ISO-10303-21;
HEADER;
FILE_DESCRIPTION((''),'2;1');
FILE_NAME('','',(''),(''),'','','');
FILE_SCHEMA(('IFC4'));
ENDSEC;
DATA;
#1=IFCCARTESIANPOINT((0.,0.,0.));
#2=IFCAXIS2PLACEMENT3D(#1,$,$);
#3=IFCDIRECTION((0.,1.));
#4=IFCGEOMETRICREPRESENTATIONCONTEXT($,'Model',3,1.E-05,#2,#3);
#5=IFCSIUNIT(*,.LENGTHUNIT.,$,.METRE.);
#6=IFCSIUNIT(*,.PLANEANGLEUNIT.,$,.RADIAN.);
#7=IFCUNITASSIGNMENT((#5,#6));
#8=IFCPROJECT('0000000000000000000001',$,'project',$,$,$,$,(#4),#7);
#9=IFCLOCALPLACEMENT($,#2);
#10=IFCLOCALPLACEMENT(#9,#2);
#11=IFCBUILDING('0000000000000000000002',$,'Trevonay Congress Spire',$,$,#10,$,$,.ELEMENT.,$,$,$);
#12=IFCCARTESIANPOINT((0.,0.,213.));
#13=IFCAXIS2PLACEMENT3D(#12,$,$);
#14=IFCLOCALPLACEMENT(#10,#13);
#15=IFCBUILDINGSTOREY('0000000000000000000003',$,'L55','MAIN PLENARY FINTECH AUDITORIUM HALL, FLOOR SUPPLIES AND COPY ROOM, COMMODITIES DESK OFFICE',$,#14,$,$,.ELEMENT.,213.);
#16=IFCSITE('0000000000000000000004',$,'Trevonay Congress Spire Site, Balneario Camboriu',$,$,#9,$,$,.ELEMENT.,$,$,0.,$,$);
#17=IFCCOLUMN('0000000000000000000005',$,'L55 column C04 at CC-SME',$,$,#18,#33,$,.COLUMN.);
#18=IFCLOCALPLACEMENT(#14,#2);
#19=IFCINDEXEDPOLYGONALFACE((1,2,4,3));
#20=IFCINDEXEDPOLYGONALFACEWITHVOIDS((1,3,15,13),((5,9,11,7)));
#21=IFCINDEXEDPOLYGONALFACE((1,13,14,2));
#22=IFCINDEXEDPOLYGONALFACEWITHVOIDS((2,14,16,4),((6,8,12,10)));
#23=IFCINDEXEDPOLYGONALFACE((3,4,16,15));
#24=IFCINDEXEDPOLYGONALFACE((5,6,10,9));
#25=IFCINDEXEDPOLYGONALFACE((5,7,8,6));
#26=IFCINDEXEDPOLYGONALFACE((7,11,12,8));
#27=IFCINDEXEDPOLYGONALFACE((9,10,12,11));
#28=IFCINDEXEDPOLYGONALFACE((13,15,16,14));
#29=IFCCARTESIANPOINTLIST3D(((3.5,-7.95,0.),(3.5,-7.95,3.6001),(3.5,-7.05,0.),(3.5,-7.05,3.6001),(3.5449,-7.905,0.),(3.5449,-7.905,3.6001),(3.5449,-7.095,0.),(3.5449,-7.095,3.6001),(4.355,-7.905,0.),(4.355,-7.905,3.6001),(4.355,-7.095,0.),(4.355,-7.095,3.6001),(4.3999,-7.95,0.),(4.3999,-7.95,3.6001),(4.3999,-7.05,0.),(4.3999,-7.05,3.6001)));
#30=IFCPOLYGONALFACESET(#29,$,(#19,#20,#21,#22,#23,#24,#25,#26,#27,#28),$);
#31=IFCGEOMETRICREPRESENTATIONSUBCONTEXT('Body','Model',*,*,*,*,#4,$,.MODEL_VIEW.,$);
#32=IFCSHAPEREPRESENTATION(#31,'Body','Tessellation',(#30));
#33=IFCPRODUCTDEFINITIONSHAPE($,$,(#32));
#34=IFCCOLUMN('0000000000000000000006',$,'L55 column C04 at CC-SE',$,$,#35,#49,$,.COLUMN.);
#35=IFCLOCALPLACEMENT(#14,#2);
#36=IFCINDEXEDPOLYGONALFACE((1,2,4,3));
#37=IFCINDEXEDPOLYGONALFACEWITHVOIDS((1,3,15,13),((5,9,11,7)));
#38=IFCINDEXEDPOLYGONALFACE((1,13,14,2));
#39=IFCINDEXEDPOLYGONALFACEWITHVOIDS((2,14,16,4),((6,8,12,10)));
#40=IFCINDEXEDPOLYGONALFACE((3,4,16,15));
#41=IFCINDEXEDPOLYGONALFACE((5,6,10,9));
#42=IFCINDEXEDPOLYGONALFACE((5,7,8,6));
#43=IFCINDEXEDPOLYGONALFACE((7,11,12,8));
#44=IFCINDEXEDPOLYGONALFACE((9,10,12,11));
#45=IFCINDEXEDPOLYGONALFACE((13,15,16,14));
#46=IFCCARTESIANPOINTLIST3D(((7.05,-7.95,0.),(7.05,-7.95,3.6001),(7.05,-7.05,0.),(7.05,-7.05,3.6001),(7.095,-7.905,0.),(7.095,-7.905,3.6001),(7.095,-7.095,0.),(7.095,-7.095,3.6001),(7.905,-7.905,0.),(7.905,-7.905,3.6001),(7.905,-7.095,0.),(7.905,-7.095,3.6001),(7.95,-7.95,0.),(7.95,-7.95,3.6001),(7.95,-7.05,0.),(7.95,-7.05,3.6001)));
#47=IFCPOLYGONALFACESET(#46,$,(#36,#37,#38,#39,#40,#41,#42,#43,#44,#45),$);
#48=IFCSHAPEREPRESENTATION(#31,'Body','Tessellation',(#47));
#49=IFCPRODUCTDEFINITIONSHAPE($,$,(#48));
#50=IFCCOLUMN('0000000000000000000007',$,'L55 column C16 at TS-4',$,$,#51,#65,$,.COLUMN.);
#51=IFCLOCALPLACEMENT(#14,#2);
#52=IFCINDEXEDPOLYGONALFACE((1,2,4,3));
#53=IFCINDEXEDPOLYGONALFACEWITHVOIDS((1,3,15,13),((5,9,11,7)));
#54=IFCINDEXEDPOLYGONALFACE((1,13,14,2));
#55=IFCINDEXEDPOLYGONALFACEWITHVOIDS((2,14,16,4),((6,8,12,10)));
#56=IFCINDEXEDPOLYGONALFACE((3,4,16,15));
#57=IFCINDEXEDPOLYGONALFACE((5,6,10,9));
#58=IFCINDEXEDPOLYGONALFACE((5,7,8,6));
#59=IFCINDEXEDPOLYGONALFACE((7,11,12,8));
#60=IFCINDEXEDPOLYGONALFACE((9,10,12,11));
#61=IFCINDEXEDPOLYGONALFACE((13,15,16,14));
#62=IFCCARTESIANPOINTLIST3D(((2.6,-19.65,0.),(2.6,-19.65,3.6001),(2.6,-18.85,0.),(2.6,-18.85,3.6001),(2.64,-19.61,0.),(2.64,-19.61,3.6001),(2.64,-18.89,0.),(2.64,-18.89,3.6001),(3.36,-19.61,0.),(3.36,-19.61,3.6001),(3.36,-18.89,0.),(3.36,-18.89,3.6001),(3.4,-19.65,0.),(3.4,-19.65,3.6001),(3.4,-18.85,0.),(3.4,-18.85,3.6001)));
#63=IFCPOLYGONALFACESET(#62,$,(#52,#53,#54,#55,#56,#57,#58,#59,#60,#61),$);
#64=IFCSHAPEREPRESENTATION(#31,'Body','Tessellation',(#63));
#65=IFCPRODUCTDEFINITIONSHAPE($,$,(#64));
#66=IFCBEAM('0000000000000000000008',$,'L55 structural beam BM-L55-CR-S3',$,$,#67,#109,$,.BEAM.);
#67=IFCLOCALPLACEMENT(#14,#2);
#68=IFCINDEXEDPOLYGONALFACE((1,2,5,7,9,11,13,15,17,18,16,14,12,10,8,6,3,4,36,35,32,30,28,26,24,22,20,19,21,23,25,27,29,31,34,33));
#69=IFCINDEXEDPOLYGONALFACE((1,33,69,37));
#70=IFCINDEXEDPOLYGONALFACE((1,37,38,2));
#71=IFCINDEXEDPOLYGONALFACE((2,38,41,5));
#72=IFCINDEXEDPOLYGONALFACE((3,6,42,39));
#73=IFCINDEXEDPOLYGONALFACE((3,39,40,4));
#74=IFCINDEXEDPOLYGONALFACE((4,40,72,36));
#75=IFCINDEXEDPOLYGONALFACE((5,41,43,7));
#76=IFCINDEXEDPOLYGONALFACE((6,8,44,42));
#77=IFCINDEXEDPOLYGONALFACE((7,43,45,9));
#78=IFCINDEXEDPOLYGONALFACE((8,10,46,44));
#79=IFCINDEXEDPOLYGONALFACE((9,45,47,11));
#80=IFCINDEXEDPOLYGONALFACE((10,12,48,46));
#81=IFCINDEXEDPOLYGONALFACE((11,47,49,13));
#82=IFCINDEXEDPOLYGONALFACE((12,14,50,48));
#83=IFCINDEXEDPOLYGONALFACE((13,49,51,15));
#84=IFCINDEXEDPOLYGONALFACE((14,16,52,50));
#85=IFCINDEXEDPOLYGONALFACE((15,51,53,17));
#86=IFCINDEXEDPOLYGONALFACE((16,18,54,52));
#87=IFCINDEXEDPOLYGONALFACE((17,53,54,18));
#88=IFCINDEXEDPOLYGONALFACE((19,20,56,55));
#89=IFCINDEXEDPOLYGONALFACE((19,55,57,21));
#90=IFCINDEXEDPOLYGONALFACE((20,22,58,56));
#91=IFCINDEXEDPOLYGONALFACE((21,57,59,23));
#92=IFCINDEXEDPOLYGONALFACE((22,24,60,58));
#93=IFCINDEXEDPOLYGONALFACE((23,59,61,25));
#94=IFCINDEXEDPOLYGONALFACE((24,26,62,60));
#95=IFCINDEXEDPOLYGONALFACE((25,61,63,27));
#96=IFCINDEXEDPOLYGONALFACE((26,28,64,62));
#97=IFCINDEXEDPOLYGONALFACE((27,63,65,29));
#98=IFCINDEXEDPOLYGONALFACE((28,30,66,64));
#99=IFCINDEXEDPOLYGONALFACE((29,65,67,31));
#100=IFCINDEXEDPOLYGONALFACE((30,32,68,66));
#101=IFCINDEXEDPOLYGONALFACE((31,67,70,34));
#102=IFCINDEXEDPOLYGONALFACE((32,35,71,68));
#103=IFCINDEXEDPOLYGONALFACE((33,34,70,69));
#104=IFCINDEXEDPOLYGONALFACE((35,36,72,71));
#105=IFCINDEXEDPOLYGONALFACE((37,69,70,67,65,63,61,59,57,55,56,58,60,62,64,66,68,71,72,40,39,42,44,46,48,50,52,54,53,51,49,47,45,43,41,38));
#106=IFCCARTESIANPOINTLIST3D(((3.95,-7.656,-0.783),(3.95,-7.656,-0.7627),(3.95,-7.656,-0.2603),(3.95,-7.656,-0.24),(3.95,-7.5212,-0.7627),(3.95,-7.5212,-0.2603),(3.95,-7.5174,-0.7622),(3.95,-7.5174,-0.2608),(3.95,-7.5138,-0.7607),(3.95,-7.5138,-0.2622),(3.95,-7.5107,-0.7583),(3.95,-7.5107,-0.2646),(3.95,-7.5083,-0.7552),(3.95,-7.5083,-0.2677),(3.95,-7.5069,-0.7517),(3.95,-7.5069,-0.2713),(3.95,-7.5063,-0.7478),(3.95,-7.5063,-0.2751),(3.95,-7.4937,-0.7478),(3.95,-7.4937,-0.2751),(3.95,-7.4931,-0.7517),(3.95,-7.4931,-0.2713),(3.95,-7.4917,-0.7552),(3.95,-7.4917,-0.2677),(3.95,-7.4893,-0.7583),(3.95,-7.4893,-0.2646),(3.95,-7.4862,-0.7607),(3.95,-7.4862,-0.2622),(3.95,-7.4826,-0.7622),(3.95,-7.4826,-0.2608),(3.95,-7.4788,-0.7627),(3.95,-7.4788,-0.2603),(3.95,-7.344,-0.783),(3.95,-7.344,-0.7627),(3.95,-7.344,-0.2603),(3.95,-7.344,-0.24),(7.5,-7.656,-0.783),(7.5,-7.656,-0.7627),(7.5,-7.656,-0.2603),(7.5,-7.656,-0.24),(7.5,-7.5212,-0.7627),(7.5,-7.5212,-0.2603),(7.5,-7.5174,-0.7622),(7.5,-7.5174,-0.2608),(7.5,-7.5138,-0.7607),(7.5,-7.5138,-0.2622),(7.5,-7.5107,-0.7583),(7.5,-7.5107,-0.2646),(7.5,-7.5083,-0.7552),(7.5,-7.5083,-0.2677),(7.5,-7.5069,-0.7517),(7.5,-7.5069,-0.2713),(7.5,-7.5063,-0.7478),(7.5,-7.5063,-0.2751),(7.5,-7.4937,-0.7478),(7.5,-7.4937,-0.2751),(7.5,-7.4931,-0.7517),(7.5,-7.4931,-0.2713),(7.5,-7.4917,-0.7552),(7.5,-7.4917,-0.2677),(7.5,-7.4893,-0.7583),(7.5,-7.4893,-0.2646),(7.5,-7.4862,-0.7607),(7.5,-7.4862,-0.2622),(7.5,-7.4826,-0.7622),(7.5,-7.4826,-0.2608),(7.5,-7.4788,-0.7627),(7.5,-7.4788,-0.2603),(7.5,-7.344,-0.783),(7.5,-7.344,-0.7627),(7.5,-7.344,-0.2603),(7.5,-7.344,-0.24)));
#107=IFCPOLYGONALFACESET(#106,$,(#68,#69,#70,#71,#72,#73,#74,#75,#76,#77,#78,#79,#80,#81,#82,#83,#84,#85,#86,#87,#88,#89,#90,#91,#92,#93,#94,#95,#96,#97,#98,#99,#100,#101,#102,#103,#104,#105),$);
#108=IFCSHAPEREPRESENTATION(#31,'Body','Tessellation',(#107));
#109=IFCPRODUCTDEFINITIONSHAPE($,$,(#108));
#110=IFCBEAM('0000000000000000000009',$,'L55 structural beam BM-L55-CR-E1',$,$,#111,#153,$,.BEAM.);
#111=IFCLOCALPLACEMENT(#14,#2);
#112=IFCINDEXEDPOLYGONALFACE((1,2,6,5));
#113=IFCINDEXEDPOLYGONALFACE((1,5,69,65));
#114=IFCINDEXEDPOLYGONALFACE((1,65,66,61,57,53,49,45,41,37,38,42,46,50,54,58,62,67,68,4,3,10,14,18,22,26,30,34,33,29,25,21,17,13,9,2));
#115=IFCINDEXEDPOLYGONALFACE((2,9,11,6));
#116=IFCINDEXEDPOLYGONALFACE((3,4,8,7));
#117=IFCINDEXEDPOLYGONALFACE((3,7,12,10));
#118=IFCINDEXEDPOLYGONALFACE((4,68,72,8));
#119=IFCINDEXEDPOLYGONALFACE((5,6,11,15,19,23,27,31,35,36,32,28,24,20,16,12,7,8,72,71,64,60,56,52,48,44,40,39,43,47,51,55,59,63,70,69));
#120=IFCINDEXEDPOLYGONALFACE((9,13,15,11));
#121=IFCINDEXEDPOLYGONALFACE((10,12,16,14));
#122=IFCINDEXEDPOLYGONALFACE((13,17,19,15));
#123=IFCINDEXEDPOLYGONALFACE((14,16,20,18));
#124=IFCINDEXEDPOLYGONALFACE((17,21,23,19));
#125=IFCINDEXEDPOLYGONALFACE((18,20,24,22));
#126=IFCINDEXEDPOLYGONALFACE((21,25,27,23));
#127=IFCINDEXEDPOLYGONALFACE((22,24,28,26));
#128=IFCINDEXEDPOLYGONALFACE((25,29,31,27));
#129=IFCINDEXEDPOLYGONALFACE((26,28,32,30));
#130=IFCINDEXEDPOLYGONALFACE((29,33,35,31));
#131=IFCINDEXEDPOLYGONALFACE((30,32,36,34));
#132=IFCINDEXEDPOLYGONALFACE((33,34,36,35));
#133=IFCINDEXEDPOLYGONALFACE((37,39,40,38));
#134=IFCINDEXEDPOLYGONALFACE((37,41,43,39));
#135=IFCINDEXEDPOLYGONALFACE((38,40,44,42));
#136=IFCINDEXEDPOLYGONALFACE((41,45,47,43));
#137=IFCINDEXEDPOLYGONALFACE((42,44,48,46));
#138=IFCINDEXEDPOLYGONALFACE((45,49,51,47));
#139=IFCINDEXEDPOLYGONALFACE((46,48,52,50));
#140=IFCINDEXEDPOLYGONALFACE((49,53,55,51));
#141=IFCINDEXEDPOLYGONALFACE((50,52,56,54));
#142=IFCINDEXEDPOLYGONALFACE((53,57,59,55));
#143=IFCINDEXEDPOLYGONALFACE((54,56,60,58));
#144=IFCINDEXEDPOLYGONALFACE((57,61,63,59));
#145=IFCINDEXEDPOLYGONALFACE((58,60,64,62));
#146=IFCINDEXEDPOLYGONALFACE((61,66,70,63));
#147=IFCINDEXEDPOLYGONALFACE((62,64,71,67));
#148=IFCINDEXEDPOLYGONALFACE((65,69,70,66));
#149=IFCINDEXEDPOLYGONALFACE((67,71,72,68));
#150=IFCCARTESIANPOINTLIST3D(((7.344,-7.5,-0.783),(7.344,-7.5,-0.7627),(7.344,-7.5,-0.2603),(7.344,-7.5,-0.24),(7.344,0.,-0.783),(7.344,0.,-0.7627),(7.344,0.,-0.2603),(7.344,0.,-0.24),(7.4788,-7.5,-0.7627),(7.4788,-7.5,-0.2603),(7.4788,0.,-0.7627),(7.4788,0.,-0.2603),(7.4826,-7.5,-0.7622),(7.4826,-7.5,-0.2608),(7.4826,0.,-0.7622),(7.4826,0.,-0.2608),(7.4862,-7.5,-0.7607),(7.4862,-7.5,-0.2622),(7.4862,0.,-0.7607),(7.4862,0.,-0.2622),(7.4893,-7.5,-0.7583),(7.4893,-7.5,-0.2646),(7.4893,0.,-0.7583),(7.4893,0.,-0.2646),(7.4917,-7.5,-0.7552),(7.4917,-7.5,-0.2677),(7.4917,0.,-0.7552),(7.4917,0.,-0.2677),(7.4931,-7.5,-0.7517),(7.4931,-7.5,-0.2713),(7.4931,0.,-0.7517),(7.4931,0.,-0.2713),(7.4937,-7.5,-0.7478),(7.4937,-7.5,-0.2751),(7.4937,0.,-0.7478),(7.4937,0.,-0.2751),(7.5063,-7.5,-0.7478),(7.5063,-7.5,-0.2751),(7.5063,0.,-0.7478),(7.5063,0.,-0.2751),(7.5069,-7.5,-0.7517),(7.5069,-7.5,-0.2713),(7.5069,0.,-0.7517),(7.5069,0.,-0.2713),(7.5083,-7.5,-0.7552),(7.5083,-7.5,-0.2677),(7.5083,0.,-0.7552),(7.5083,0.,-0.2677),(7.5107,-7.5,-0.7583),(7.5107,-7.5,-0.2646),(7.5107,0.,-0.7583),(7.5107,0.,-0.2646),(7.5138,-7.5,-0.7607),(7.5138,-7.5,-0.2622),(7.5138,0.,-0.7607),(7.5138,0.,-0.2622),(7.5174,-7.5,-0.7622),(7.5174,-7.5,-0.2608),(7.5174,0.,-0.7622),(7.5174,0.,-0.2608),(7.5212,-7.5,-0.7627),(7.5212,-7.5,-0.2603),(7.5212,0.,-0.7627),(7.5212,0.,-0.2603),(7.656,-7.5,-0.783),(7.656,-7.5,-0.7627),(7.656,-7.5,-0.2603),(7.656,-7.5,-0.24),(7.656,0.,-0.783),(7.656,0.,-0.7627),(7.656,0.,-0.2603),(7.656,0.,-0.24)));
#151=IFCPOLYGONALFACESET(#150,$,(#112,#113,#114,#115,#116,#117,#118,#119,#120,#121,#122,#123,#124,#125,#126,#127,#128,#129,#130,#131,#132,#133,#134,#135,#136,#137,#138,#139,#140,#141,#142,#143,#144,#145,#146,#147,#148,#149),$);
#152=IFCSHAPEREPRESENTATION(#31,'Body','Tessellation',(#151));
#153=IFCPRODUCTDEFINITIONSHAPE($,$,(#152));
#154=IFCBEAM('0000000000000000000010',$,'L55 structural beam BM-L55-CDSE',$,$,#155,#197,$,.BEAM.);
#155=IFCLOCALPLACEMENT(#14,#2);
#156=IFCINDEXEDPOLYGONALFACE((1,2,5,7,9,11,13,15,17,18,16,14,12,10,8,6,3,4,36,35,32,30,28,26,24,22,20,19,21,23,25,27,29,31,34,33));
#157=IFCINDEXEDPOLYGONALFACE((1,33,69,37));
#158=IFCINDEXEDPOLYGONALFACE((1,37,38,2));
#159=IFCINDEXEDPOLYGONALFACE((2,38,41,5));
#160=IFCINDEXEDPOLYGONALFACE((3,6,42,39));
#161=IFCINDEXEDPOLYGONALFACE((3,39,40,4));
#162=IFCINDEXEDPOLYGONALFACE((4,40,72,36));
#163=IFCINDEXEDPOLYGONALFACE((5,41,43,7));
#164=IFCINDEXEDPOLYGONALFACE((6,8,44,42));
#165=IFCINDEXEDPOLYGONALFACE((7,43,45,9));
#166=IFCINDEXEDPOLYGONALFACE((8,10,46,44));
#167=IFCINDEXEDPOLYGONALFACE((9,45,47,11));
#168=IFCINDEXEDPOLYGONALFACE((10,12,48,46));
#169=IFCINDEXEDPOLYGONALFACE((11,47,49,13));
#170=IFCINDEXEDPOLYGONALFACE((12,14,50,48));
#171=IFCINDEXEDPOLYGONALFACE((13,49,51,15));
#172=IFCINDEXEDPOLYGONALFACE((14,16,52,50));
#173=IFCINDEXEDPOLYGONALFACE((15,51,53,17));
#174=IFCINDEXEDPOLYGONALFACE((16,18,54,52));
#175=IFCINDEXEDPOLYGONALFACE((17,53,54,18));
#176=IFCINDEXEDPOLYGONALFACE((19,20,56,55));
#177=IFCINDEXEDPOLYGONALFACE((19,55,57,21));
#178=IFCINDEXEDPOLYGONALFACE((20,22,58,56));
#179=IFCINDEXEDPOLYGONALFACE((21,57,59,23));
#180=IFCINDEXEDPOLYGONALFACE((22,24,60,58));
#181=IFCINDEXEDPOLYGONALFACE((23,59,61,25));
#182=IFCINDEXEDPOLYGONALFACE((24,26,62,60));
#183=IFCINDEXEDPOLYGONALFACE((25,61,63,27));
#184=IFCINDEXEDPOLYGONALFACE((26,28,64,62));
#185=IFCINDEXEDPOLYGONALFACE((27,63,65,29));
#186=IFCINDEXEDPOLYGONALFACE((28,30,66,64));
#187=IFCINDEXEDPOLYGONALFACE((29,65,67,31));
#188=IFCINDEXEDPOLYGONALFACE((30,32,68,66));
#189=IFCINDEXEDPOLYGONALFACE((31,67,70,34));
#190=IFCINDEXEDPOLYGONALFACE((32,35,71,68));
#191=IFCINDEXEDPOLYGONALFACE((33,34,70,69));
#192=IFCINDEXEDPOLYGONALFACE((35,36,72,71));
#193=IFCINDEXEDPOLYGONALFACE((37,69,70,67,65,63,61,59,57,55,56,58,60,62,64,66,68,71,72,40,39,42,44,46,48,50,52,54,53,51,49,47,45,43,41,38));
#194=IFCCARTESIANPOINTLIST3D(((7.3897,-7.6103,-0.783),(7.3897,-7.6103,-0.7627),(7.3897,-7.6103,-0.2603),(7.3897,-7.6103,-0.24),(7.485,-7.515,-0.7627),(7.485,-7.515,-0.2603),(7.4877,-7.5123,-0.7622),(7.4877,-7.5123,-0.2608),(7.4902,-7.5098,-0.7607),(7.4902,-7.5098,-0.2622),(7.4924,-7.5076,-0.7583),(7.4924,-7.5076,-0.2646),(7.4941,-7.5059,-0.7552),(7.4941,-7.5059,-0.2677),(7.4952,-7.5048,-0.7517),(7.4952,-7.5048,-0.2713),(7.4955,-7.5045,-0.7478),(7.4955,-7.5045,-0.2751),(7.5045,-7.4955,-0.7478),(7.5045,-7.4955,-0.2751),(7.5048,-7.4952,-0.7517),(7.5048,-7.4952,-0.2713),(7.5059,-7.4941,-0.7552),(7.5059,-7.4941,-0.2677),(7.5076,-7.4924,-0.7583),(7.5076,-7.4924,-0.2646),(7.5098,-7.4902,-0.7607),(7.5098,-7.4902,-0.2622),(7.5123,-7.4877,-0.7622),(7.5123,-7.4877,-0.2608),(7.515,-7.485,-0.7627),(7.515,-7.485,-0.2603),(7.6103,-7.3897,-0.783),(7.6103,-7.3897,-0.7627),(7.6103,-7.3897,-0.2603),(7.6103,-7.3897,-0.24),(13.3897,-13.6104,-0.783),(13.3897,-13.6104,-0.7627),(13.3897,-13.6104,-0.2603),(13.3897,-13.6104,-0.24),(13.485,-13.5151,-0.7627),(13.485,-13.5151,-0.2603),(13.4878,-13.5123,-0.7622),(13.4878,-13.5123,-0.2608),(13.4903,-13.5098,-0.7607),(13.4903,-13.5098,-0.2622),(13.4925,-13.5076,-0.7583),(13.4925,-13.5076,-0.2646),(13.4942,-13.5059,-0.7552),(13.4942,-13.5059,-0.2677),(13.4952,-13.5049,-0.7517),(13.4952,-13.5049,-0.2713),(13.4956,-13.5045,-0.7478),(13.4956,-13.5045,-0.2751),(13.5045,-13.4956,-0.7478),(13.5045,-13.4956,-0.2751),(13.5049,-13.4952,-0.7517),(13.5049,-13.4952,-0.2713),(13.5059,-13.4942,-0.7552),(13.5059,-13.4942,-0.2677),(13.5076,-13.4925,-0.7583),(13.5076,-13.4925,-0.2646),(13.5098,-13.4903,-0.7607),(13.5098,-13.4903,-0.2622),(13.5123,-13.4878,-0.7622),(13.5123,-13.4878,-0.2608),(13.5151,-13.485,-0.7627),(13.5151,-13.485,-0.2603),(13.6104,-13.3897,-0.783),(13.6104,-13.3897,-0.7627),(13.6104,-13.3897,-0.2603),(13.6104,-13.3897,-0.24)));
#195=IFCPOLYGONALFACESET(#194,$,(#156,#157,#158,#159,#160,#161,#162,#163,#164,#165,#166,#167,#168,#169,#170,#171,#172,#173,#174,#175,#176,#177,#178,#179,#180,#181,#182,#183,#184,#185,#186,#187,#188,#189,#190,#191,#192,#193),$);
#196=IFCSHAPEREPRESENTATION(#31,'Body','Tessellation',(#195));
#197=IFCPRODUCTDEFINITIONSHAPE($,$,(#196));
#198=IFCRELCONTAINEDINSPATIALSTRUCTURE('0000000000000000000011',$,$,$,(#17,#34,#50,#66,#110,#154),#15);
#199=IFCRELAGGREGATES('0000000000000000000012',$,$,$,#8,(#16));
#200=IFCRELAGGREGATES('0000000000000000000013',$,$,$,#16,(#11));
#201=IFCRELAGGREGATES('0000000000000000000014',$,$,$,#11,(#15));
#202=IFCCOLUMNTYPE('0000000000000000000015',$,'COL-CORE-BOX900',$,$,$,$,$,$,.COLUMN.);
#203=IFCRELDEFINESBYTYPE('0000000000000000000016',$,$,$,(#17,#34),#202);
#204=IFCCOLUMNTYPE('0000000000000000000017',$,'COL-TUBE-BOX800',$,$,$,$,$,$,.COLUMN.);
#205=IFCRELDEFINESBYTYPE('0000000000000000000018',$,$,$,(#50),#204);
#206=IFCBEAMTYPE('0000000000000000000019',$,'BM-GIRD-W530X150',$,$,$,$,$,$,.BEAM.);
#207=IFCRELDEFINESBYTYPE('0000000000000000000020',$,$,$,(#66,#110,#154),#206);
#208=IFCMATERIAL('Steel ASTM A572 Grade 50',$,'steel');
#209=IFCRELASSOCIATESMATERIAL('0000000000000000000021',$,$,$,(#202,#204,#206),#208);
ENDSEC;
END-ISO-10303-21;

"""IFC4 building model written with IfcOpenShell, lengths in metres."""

from ifc_helpers import new_model, si_unit, direction, frame, origin, origin_2d, place, context, subcontext, project, spatial, hollow_rectangle, i_section, extrude, material, material_profile, profile_set, type_object, element, save


model = new_model("IFC4")

# Units and contexts
model_context = context("Model", 3, precision=1e-05, world=origin(), true_north=direction((0.0, 1.0)))
body_context = subcontext(model_context, "Body", "Model", "MODEL_VIEW")
ifc_project = project(units=[si_unit("LENGTHUNIT", "METRE"), si_unit("PLANEANGLEUNIT", "RADIAN")], contexts=[model_context])

# Site, building, storey
site_placement = place(None, origin())
site = spatial("IfcSite", under=ifc_project, at=site_placement, Name="Trevonay Congress Spire Site, Balneario Camboriu", CompositionType="ELEMENT", RefElevation=0.0)
building_placement = place(site_placement, origin())
building = spatial("IfcBuilding", under=site, at=building_placement, Name="Trevonay Congress Spire", CompositionType="ELEMENT")
storey_placement = place(building_placement, frame((0.0, 0.0, 213.0)))
storey = spatial("IfcBuildingStorey", under=building, at=storey_placement, Name="L55", Description="MAIN PLENARY FINTECH AUDITORIUM HALL, FLOOR SUPPLIES AND COPY ROOM, COMMODITIES DESK OFFICE", CompositionType="ELEMENT", Elevation=213.0)

# Columns
ifc_material_1 = material(Name="Steel ASTM A572 Grade 50", Category="steel")
ifc_material_profile_1 = material_profile(ifc_material_1, hollow_rectangle(XDim=0.8999, YDim=0.8999, WallThickness=0.0449, at=origin_2d()), Name="BOX 900x900x45")
ifc_profile_set_1 = profile_set([ifc_material_profile_1], Name="Steel ASTM A572 Grade 50")
column_type_1 = type_object("IfcColumnType", Name="COL-CORE-BOX900", PredefinedType="COLUMN", material=ifc_profile_set_1)
for number, where, z_axis, x_axis, name in (
    (1, (3.95, -7.5, 0.0), (0.0, 0.0, 1.0), (1.0, 0.0, 0.0), "L55 column C04 at CC-SME"),
    (2, (7.5, -7.5, 0.0), (0.0, 0.0, 1.0), (1.0, 0.0, 0.0), "L55 column C04 at CC-SE"),
):
    element("IfcColumn", number, at=place(storey_placement, frame(where, z_axis=z_axis, x_axis=x_axis)), inside=storey, type_object=column_type_1, Name=name, PredefinedType="COLUMN", context=body_context, shape_type="SweptSolid", body=[
        extrude(hollow_rectangle(XDim=0.8999, YDim=0.8999, WallThickness=0.0449, at=origin_2d()), origin(), (0.0, 0.0, 1.0), 3.6001),
    ])
ifc_material_profile_2 = material_profile(ifc_material_1, hollow_rectangle(XDim=0.8, YDim=0.8, WallThickness=0.04, at=origin_2d()), Name="BOX 800x800x40")
ifc_profile_set_2 = profile_set([ifc_material_profile_2], Name="Steel ASTM A572 Grade 50")
column_type_2 = type_object("IfcColumnType", Name="COL-TUBE-BOX800", PredefinedType="COLUMN", material=ifc_profile_set_2)
column_placement = place(storey_placement, frame((3.0, -19.25, 0.0), z_axis=(0.0, 0.0, 1.0), x_axis=(1.0, 0.0, 0.0)))
element("IfcColumn", 3, at=column_placement, inside=storey, type_object=column_type_2, Name="L55 column C16 at TS-4", PredefinedType="COLUMN", context=body_context, shape_type="SweptSolid", body=[
    extrude(hollow_rectangle(XDim=0.8, YDim=0.8, WallThickness=0.04, at=origin_2d()), origin(), (0.0, 0.0, 1.0), 3.6001),
])

# Beams
ifc_material_profile_3 = material_profile(ifc_material_1, i_section(OverallWidth=0.312, OverallDepth=0.543, WebThickness=0.0127, FlangeThickness=0.0203, FilletRadius=0.0149, at=origin_2d()), Name="W530x150")
ifc_profile_set_3 = profile_set([ifc_material_profile_3], Name="Steel ASTM A572 Grade 50")
beam_type_1 = type_object("IfcBeamType", Name="BM-GIRD-W530X150", PredefinedType="BEAM", material=ifc_profile_set_3)
beam_1_placement = place(storey_placement, frame((3.95, -7.5, -0.5115), z_axis=(1.0, 0.0, 0.0), x_axis=(0.0, 1.0, 0.0)))
element("IfcBeam", 4, at=beam_1_placement, inside=storey, type_object=beam_type_1, Name="L55 structural beam BM-L55-CR-S3", PredefinedType="BEAM", context=body_context, shape_type="SweptSolid", body=[
    extrude(i_section(OverallWidth=0.312, OverallDepth=0.543, WebThickness=0.0127, FlangeThickness=0.0203, FilletRadius=0.0149, at=origin_2d()), origin(), (0.0, 0.0, 1.0), 3.55),
])
beam_2_placement = place(storey_placement, frame((7.5, -7.5, -0.5115), z_axis=(0.0, 1.0, 0.0), x_axis=(-1.0, 0.0, 0.0)))
element("IfcBeam", 5, at=beam_2_placement, inside=storey, type_object=beam_type_1, Name="L55 structural beam BM-L55-CR-E1", PredefinedType="BEAM", context=body_context, shape_type="SweptSolid", body=[
    extrude(i_section(OverallWidth=0.312, OverallDepth=0.543, WebThickness=0.0127, FlangeThickness=0.0203, FilletRadius=0.0149, at=origin_2d()), origin(), (0.0, 0.0, 1.0), 7.5),
])
beam_3_placement = place(storey_placement, frame((7.5, -7.5, -0.5115), z_axis=(0.707107, -0.707107, 0.0), x_axis=(0.707107, 0.707107, 0.0)))
element("IfcBeam", 6, at=beam_3_placement, inside=storey, type_object=beam_type_1, Name="L55 structural beam BM-L55-CDSE", PredefinedType="BEAM", context=body_context, shape_type="SweptSolid", body=[
    extrude(i_section(OverallWidth=0.312, OverallDepth=0.543, WebThickness=0.0127, FlangeThickness=0.0203, FilletRadius=0.0149, at=origin_2d()), origin(), (0.0, 0.0, 1.0), 8.4854),
])

save(model, "model.ifc")
